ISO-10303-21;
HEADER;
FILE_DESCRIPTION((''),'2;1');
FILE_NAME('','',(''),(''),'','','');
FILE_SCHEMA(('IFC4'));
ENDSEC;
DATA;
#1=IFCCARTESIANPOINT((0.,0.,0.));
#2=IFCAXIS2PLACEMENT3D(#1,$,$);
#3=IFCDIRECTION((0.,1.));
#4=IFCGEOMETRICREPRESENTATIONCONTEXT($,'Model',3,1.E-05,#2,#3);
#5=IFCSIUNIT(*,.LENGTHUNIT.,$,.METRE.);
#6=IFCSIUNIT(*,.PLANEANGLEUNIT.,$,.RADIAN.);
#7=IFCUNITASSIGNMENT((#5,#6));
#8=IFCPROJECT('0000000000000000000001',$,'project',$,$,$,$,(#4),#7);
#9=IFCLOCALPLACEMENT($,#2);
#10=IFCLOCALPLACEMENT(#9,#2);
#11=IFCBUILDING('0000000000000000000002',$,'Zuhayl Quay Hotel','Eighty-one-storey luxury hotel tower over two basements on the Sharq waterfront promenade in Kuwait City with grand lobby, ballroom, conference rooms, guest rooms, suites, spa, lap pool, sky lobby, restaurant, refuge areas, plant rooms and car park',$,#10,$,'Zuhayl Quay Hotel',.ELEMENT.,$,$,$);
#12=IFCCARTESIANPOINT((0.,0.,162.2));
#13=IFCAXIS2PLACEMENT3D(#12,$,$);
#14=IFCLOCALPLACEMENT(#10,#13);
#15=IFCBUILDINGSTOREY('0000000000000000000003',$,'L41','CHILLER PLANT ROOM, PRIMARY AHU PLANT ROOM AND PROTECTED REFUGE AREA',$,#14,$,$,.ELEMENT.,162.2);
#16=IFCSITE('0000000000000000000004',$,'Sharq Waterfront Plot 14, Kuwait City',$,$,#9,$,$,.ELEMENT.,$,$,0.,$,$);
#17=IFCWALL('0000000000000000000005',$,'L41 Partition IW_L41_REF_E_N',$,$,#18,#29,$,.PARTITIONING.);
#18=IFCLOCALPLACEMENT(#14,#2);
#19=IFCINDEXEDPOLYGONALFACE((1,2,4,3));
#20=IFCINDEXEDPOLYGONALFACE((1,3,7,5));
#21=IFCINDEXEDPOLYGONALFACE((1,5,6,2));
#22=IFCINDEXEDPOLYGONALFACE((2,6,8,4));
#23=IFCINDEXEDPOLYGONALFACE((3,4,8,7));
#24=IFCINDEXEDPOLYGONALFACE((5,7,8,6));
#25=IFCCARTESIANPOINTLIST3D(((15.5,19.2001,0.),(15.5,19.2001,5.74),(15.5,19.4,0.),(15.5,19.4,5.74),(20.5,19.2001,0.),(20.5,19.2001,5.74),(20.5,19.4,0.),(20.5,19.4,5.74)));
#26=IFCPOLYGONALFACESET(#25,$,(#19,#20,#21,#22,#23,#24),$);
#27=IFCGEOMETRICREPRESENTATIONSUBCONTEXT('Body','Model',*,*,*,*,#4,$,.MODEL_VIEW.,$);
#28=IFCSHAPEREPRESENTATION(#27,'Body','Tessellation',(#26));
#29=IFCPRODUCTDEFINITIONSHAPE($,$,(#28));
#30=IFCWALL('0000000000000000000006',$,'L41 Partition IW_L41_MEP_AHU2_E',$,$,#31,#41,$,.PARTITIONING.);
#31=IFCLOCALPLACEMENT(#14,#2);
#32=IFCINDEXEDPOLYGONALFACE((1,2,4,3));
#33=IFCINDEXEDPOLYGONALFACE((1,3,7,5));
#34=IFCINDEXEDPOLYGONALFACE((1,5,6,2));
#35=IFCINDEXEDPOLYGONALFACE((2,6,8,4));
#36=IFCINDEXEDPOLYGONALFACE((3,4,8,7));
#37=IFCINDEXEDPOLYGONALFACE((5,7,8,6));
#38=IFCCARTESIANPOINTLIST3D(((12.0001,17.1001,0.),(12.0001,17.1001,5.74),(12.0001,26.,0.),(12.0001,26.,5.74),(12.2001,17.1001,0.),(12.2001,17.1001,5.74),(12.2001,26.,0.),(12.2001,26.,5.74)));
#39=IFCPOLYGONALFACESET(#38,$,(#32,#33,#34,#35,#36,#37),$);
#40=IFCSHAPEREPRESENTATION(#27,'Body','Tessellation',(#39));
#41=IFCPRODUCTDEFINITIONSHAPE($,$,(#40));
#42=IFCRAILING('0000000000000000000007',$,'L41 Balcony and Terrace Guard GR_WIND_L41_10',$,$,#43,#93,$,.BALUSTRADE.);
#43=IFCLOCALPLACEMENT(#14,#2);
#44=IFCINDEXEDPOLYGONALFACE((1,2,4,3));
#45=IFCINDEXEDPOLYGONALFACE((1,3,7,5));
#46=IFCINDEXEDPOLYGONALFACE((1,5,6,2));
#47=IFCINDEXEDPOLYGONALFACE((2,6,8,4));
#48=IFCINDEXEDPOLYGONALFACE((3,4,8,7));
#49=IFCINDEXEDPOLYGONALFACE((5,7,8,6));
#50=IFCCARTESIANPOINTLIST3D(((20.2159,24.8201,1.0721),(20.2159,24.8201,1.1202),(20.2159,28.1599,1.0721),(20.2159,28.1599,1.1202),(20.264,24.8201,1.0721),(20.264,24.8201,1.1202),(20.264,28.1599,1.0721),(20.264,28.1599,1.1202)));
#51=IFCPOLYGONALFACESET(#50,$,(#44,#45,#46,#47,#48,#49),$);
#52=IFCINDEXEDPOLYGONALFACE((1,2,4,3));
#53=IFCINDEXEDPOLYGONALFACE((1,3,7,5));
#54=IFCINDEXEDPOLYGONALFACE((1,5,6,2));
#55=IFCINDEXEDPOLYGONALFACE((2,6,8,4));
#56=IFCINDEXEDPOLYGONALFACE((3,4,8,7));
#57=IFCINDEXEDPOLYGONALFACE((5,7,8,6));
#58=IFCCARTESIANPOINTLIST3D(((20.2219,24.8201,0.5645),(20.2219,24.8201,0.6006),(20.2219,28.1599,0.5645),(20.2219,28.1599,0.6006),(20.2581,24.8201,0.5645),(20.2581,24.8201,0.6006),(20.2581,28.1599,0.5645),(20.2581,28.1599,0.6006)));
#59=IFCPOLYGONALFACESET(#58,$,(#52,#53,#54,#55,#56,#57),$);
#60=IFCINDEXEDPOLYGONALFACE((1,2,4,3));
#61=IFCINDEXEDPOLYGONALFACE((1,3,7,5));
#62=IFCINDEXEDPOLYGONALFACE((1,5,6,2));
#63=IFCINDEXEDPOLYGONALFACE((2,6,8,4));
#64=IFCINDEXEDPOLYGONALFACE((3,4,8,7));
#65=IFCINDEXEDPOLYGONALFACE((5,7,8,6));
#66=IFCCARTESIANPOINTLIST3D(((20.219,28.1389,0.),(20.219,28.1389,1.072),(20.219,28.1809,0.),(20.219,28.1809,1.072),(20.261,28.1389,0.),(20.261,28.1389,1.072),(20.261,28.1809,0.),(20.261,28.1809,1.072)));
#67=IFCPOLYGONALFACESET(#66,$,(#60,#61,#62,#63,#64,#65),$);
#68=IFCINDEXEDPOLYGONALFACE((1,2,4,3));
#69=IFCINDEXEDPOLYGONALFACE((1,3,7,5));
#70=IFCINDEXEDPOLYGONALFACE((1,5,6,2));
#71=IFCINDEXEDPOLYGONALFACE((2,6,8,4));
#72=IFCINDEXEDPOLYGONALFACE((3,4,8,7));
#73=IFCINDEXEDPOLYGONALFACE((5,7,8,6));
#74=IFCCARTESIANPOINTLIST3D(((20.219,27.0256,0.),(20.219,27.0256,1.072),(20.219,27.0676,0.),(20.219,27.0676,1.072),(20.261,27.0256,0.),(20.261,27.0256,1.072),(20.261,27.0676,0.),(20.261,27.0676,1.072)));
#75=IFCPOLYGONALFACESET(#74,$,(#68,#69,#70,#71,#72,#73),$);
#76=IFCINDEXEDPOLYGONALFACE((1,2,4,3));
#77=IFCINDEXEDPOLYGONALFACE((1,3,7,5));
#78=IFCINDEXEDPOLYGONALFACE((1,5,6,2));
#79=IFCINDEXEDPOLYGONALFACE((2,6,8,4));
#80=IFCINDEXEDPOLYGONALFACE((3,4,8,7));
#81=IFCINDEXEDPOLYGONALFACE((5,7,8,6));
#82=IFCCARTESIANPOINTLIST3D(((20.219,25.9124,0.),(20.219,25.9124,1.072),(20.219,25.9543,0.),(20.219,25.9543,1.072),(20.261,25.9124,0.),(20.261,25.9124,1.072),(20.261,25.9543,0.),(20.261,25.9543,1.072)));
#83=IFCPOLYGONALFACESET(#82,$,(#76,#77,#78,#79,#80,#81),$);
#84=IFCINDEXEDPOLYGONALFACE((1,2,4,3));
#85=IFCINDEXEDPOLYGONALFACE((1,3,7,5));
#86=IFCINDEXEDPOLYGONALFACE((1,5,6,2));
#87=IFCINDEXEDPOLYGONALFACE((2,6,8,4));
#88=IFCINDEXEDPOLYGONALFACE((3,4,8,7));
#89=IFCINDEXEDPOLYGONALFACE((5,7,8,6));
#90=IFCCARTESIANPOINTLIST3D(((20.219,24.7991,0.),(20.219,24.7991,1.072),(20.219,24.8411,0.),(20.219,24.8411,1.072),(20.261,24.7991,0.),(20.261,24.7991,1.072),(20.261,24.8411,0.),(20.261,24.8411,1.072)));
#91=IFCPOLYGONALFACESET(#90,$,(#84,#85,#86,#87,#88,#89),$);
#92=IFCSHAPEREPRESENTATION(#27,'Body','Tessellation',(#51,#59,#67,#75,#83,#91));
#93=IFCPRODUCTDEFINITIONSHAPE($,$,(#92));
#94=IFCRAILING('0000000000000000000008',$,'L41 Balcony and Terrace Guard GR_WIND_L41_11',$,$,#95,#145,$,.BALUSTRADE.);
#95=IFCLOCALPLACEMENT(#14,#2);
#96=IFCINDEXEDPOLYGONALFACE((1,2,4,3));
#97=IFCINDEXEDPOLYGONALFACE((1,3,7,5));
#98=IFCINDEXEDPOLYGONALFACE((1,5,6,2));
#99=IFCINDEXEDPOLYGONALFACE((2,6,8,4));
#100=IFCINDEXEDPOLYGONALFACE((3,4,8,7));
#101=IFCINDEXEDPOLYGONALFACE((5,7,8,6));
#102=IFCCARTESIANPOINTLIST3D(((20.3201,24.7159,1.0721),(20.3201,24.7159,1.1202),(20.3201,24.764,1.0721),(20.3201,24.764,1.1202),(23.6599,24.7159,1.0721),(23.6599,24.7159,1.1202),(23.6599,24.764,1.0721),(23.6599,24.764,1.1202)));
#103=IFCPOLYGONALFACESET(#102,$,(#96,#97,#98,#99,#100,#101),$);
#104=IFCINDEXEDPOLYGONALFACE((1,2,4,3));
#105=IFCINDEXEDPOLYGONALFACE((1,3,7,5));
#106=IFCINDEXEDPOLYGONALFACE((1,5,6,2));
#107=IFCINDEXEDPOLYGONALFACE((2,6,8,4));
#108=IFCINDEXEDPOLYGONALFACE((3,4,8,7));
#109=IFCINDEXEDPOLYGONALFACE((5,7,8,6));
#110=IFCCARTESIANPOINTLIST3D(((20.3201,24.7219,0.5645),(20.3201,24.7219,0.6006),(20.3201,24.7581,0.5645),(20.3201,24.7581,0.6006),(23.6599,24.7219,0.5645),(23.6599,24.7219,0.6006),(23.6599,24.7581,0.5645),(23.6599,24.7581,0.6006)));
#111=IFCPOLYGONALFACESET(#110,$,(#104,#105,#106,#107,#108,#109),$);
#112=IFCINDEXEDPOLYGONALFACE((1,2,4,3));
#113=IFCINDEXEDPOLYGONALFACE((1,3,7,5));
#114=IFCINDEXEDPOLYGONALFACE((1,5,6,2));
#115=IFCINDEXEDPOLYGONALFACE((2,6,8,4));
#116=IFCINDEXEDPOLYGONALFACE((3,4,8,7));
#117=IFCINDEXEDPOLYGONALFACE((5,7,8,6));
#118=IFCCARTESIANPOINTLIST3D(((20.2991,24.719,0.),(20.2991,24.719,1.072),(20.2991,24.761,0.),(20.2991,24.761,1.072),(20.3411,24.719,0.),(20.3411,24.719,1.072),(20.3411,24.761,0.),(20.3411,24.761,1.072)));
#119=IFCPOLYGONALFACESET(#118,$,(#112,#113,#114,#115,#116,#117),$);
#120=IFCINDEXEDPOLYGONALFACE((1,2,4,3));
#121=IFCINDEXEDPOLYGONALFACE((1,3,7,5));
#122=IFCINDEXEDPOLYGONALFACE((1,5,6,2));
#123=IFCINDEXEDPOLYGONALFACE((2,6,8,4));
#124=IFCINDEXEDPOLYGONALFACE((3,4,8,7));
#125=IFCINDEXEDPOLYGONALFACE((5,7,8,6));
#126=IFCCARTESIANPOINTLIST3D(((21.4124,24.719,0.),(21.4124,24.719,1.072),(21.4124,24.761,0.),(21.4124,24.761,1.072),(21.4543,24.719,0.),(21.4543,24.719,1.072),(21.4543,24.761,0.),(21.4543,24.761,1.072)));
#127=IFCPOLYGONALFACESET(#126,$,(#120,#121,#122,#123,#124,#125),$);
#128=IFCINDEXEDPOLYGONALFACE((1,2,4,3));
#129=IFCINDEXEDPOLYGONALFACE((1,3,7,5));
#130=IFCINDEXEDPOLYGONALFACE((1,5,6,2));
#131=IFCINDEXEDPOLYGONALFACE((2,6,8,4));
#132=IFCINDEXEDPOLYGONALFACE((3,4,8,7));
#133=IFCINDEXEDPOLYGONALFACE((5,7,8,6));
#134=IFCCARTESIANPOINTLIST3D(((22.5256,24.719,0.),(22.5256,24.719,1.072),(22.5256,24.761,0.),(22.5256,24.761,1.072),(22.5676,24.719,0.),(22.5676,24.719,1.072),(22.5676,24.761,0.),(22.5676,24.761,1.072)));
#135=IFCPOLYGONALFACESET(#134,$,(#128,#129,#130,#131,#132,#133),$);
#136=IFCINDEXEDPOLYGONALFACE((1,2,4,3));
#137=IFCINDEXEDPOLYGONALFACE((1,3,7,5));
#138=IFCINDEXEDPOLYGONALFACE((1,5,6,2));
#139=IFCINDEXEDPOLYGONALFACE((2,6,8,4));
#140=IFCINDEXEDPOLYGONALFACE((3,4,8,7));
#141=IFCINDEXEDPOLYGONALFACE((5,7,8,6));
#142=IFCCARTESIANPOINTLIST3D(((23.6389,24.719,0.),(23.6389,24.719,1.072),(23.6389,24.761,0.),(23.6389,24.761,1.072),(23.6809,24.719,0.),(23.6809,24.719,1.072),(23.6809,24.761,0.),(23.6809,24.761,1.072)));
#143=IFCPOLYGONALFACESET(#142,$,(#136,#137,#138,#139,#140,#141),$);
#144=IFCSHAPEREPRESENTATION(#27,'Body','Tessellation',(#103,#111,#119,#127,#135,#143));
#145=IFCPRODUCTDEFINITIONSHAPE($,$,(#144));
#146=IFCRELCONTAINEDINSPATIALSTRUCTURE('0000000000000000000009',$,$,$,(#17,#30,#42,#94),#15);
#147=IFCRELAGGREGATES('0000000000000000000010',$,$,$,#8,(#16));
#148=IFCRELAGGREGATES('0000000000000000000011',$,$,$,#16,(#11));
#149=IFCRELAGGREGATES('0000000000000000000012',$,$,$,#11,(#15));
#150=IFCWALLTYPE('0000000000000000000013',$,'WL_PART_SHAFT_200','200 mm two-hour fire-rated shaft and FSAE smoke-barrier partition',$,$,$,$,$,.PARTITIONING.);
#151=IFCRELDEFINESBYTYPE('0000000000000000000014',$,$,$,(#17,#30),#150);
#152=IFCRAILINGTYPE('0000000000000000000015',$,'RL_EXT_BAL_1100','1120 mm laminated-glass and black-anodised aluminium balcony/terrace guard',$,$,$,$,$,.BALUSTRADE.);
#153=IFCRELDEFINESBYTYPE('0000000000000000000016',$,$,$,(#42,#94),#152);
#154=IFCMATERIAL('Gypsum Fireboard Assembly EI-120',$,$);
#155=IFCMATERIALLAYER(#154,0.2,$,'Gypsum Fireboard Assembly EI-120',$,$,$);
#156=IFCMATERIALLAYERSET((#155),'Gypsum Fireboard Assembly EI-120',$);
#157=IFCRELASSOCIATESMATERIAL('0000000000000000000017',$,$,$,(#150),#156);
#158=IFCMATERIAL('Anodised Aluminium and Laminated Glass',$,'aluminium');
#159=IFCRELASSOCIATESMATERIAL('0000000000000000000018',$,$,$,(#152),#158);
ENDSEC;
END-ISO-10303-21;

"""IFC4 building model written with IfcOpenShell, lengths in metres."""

from ifc_helpers import new_model, si_unit, direction, frame, frame_2d, origin, origin_2d, place, context, subcontext, project, spatial, rectangle, extrude, material, layer, layer_set, type_object, element, save


model = new_model("IFC4")

# Units and contexts
model_context = context("Model", 3, precision=1e-05, world=origin(), true_north=direction((0.0, 1.0)))
body_context = subcontext(model_context, "Body", "Model", "MODEL_VIEW")
ifc_project = project(units=[si_unit("LENGTHUNIT", "METRE"), si_unit("PLANEANGLEUNIT", "RADIAN")], contexts=[model_context])

# Site, building, storey
site_placement = place(None, origin())
site = spatial("IfcSite", under=ifc_project, at=site_placement, Name="Sharq Waterfront Plot 14, Kuwait City", CompositionType="ELEMENT", RefElevation=0.0)
building_placement = place(site_placement, origin())
building = spatial("IfcBuilding", under=site, at=building_placement, Name="Zuhayl Quay Hotel", Description="Eighty-one-storey luxury hotel tower over two basements on the Sharq waterfront promenade in Kuwait City with grand lobby, ballroom, conference rooms, guest rooms, suites, spa, lap pool, sky lobby, restaurant, refuge areas, plant rooms and car park", LongName="Zuhayl Quay Hotel", CompositionType="ELEMENT")
storey_placement = place(building_placement, frame((0.0, 0.0, 162.2)))
storey = spatial("IfcBuildingStorey", under=building, at=storey_placement, Name="L41", Description="CHILLER PLANT ROOM, PRIMARY AHU PLANT ROOM AND PROTECTED REFUGE AREA", CompositionType="ELEMENT", Elevation=162.2)

# Shared definitions
ifc_material_1 = material(Name="Gypsum Fireboard Assembly EI-120")
ifc_layer_1 = layer(ifc_material_1, 0.2, Name="Gypsum Fireboard Assembly EI-120")
ifc_layer_set_1 = layer_set([ifc_layer_1], Name="Gypsum Fireboard Assembly EI-120")
wall_type_1 = type_object("IfcWallType", Name="WL_PART_SHAFT_200", Description="200 mm two-hour fire-rated shaft and FSAE smoke-barrier partition", PredefinedType="PARTITIONING", material=ifc_layer_set_1)

# Walls
wall_1_placement = place(storey_placement, frame((15.5, 19.3, 0.0), z_axis=(0.0, 0.0, 1.0), x_axis=(1.0, 0.0, 0.0)))
element("IfcWall", 1, at=wall_1_placement, inside=storey, type_object=wall_type_1, Name="L41 Partition IW_L41_REF_E_N", PredefinedType="PARTITIONING", context=body_context, shape_type="SweptSolid", body=[
    extrude(rectangle(XDim=5.0, YDim=0.2, at=frame_2d((2.5, 0.0))), origin(), (0.0, 0.0, 1.0), 5.74),
])
wall_2_placement = place(storey_placement, frame((12.1001, 17.1001, 0.0), z_axis=(0.0, 0.0, 1.0), x_axis=(0.0, 1.0, 0.0)))
element("IfcWall", 2, at=wall_2_placement, inside=storey, type_object=wall_type_1, Name="L41 Partition IW_L41_MEP_AHU2_E", PredefinedType="PARTITIONING", context=body_context, shape_type="SweptSolid", body=[
    extrude(rectangle(XDim=8.8999, YDim=0.2, at=frame_2d((4.45, 0.0))), origin(), (0.0, 0.0, 1.0), 5.74),
])

# Railings
ifc_material_2 = material(Name="Anodised Aluminium and Laminated Glass", Category="aluminium")
railing_type = type_object("IfcRailingType", Name="RL_EXT_BAL_1100", Description="1120 mm laminated-glass and black-anodised aluminium balcony/terrace guard", PredefinedType="BALUSTRADE", material=ifc_material_2)
railing_1_placement = place(storey_placement, frame((20.24, 28.1599, 0.0)))
element("IfcRailing", 3, at=railing_1_placement, inside=storey, type_object=railing_type, Name="L41 Balcony and Terrace Guard GR_WIND_L41_10", PredefinedType="BALUSTRADE", context=body_context, shape_type="SweptSolid", body=[
    extrude(rectangle(XDim=0.0481, YDim=0.0481, at=origin_2d()), frame((0.0, 0.0, 1.0962), z_axis=(0.0, -1.0, 0.0), x_axis=(1.0, 0.0, 0.0)), (0.0, 0.0, 1.0), 3.3398),
    extrude(rectangle(XDim=0.0361, YDim=0.0361, at=origin_2d()), frame((0.0, 0.0, 0.5825), z_axis=(0.0, -1.0, 0.0), x_axis=(1.0, 0.0, 0.0)), (0.0, 0.0, 1.0), 3.3398),
    extrude(rectangle(XDim=0.042, YDim=0.042, at=origin_2d()), origin(), (0.0, 0.0, 1.0), 1.072),
    extrude(rectangle(XDim=0.042, YDim=0.042, at=origin_2d()), frame((0.0, -1.1133, 0.0)), (0.0, 0.0, 1.0), 1.072),
    extrude(rectangle(XDim=0.042, YDim=0.042, at=origin_2d()), frame((0.0, -2.2266, 0.0)), (0.0, 0.0, 1.0), 1.072),
    extrude(rectangle(XDim=0.042, YDim=0.042, at=origin_2d()), frame((0.0, -3.3398, 0.0)), (0.0, 0.0, 1.0), 1.072),
])
railing_2_placement = place(storey_placement, frame((20.3201, 24.74, 0.0)))
element("IfcRailing", 4, at=railing_2_placement, inside=storey, type_object=railing_type, Name="L41 Balcony and Terrace Guard GR_WIND_L41_11", PredefinedType="BALUSTRADE", context=body_context, shape_type="SweptSolid", body=[
    extrude(rectangle(XDim=0.0481, YDim=0.0481, at=origin_2d()), frame((0.0, 0.0, 1.0962), z_axis=(1.0, 0.0, 0.0), x_axis=(0.0, 1.0, 0.0)), (0.0, 0.0, 1.0), 3.3398),
    extrude(rectangle(XDim=0.0361, YDim=0.0361, at=origin_2d()), frame((0.0, 0.0, 0.5825), z_axis=(1.0, 0.0, 0.0), x_axis=(0.0, 1.0, 0.0)), (0.0, 0.0, 1.0), 3.3398),
    extrude(rectangle(XDim=0.042, YDim=0.042, at=origin_2d()), origin(), (0.0, 0.0, 1.0), 1.072),
    extrude(rectangle(XDim=0.042, YDim=0.042, at=origin_2d()), frame((1.1133, 0.0, 0.0)), (0.0, 0.0, 1.0), 1.072),
    extrude(rectangle(XDim=0.042, YDim=0.042, at=origin_2d()), frame((2.2266, 0.0, 0.0)), (0.0, 0.0, 1.0), 1.072),
    extrude(rectangle(XDim=0.042, YDim=0.042, at=origin_2d()), frame((3.3398, 0.0, 0.0)), (0.0, 0.0, 1.0), 1.072),
])

save(model, "model.ifc")
